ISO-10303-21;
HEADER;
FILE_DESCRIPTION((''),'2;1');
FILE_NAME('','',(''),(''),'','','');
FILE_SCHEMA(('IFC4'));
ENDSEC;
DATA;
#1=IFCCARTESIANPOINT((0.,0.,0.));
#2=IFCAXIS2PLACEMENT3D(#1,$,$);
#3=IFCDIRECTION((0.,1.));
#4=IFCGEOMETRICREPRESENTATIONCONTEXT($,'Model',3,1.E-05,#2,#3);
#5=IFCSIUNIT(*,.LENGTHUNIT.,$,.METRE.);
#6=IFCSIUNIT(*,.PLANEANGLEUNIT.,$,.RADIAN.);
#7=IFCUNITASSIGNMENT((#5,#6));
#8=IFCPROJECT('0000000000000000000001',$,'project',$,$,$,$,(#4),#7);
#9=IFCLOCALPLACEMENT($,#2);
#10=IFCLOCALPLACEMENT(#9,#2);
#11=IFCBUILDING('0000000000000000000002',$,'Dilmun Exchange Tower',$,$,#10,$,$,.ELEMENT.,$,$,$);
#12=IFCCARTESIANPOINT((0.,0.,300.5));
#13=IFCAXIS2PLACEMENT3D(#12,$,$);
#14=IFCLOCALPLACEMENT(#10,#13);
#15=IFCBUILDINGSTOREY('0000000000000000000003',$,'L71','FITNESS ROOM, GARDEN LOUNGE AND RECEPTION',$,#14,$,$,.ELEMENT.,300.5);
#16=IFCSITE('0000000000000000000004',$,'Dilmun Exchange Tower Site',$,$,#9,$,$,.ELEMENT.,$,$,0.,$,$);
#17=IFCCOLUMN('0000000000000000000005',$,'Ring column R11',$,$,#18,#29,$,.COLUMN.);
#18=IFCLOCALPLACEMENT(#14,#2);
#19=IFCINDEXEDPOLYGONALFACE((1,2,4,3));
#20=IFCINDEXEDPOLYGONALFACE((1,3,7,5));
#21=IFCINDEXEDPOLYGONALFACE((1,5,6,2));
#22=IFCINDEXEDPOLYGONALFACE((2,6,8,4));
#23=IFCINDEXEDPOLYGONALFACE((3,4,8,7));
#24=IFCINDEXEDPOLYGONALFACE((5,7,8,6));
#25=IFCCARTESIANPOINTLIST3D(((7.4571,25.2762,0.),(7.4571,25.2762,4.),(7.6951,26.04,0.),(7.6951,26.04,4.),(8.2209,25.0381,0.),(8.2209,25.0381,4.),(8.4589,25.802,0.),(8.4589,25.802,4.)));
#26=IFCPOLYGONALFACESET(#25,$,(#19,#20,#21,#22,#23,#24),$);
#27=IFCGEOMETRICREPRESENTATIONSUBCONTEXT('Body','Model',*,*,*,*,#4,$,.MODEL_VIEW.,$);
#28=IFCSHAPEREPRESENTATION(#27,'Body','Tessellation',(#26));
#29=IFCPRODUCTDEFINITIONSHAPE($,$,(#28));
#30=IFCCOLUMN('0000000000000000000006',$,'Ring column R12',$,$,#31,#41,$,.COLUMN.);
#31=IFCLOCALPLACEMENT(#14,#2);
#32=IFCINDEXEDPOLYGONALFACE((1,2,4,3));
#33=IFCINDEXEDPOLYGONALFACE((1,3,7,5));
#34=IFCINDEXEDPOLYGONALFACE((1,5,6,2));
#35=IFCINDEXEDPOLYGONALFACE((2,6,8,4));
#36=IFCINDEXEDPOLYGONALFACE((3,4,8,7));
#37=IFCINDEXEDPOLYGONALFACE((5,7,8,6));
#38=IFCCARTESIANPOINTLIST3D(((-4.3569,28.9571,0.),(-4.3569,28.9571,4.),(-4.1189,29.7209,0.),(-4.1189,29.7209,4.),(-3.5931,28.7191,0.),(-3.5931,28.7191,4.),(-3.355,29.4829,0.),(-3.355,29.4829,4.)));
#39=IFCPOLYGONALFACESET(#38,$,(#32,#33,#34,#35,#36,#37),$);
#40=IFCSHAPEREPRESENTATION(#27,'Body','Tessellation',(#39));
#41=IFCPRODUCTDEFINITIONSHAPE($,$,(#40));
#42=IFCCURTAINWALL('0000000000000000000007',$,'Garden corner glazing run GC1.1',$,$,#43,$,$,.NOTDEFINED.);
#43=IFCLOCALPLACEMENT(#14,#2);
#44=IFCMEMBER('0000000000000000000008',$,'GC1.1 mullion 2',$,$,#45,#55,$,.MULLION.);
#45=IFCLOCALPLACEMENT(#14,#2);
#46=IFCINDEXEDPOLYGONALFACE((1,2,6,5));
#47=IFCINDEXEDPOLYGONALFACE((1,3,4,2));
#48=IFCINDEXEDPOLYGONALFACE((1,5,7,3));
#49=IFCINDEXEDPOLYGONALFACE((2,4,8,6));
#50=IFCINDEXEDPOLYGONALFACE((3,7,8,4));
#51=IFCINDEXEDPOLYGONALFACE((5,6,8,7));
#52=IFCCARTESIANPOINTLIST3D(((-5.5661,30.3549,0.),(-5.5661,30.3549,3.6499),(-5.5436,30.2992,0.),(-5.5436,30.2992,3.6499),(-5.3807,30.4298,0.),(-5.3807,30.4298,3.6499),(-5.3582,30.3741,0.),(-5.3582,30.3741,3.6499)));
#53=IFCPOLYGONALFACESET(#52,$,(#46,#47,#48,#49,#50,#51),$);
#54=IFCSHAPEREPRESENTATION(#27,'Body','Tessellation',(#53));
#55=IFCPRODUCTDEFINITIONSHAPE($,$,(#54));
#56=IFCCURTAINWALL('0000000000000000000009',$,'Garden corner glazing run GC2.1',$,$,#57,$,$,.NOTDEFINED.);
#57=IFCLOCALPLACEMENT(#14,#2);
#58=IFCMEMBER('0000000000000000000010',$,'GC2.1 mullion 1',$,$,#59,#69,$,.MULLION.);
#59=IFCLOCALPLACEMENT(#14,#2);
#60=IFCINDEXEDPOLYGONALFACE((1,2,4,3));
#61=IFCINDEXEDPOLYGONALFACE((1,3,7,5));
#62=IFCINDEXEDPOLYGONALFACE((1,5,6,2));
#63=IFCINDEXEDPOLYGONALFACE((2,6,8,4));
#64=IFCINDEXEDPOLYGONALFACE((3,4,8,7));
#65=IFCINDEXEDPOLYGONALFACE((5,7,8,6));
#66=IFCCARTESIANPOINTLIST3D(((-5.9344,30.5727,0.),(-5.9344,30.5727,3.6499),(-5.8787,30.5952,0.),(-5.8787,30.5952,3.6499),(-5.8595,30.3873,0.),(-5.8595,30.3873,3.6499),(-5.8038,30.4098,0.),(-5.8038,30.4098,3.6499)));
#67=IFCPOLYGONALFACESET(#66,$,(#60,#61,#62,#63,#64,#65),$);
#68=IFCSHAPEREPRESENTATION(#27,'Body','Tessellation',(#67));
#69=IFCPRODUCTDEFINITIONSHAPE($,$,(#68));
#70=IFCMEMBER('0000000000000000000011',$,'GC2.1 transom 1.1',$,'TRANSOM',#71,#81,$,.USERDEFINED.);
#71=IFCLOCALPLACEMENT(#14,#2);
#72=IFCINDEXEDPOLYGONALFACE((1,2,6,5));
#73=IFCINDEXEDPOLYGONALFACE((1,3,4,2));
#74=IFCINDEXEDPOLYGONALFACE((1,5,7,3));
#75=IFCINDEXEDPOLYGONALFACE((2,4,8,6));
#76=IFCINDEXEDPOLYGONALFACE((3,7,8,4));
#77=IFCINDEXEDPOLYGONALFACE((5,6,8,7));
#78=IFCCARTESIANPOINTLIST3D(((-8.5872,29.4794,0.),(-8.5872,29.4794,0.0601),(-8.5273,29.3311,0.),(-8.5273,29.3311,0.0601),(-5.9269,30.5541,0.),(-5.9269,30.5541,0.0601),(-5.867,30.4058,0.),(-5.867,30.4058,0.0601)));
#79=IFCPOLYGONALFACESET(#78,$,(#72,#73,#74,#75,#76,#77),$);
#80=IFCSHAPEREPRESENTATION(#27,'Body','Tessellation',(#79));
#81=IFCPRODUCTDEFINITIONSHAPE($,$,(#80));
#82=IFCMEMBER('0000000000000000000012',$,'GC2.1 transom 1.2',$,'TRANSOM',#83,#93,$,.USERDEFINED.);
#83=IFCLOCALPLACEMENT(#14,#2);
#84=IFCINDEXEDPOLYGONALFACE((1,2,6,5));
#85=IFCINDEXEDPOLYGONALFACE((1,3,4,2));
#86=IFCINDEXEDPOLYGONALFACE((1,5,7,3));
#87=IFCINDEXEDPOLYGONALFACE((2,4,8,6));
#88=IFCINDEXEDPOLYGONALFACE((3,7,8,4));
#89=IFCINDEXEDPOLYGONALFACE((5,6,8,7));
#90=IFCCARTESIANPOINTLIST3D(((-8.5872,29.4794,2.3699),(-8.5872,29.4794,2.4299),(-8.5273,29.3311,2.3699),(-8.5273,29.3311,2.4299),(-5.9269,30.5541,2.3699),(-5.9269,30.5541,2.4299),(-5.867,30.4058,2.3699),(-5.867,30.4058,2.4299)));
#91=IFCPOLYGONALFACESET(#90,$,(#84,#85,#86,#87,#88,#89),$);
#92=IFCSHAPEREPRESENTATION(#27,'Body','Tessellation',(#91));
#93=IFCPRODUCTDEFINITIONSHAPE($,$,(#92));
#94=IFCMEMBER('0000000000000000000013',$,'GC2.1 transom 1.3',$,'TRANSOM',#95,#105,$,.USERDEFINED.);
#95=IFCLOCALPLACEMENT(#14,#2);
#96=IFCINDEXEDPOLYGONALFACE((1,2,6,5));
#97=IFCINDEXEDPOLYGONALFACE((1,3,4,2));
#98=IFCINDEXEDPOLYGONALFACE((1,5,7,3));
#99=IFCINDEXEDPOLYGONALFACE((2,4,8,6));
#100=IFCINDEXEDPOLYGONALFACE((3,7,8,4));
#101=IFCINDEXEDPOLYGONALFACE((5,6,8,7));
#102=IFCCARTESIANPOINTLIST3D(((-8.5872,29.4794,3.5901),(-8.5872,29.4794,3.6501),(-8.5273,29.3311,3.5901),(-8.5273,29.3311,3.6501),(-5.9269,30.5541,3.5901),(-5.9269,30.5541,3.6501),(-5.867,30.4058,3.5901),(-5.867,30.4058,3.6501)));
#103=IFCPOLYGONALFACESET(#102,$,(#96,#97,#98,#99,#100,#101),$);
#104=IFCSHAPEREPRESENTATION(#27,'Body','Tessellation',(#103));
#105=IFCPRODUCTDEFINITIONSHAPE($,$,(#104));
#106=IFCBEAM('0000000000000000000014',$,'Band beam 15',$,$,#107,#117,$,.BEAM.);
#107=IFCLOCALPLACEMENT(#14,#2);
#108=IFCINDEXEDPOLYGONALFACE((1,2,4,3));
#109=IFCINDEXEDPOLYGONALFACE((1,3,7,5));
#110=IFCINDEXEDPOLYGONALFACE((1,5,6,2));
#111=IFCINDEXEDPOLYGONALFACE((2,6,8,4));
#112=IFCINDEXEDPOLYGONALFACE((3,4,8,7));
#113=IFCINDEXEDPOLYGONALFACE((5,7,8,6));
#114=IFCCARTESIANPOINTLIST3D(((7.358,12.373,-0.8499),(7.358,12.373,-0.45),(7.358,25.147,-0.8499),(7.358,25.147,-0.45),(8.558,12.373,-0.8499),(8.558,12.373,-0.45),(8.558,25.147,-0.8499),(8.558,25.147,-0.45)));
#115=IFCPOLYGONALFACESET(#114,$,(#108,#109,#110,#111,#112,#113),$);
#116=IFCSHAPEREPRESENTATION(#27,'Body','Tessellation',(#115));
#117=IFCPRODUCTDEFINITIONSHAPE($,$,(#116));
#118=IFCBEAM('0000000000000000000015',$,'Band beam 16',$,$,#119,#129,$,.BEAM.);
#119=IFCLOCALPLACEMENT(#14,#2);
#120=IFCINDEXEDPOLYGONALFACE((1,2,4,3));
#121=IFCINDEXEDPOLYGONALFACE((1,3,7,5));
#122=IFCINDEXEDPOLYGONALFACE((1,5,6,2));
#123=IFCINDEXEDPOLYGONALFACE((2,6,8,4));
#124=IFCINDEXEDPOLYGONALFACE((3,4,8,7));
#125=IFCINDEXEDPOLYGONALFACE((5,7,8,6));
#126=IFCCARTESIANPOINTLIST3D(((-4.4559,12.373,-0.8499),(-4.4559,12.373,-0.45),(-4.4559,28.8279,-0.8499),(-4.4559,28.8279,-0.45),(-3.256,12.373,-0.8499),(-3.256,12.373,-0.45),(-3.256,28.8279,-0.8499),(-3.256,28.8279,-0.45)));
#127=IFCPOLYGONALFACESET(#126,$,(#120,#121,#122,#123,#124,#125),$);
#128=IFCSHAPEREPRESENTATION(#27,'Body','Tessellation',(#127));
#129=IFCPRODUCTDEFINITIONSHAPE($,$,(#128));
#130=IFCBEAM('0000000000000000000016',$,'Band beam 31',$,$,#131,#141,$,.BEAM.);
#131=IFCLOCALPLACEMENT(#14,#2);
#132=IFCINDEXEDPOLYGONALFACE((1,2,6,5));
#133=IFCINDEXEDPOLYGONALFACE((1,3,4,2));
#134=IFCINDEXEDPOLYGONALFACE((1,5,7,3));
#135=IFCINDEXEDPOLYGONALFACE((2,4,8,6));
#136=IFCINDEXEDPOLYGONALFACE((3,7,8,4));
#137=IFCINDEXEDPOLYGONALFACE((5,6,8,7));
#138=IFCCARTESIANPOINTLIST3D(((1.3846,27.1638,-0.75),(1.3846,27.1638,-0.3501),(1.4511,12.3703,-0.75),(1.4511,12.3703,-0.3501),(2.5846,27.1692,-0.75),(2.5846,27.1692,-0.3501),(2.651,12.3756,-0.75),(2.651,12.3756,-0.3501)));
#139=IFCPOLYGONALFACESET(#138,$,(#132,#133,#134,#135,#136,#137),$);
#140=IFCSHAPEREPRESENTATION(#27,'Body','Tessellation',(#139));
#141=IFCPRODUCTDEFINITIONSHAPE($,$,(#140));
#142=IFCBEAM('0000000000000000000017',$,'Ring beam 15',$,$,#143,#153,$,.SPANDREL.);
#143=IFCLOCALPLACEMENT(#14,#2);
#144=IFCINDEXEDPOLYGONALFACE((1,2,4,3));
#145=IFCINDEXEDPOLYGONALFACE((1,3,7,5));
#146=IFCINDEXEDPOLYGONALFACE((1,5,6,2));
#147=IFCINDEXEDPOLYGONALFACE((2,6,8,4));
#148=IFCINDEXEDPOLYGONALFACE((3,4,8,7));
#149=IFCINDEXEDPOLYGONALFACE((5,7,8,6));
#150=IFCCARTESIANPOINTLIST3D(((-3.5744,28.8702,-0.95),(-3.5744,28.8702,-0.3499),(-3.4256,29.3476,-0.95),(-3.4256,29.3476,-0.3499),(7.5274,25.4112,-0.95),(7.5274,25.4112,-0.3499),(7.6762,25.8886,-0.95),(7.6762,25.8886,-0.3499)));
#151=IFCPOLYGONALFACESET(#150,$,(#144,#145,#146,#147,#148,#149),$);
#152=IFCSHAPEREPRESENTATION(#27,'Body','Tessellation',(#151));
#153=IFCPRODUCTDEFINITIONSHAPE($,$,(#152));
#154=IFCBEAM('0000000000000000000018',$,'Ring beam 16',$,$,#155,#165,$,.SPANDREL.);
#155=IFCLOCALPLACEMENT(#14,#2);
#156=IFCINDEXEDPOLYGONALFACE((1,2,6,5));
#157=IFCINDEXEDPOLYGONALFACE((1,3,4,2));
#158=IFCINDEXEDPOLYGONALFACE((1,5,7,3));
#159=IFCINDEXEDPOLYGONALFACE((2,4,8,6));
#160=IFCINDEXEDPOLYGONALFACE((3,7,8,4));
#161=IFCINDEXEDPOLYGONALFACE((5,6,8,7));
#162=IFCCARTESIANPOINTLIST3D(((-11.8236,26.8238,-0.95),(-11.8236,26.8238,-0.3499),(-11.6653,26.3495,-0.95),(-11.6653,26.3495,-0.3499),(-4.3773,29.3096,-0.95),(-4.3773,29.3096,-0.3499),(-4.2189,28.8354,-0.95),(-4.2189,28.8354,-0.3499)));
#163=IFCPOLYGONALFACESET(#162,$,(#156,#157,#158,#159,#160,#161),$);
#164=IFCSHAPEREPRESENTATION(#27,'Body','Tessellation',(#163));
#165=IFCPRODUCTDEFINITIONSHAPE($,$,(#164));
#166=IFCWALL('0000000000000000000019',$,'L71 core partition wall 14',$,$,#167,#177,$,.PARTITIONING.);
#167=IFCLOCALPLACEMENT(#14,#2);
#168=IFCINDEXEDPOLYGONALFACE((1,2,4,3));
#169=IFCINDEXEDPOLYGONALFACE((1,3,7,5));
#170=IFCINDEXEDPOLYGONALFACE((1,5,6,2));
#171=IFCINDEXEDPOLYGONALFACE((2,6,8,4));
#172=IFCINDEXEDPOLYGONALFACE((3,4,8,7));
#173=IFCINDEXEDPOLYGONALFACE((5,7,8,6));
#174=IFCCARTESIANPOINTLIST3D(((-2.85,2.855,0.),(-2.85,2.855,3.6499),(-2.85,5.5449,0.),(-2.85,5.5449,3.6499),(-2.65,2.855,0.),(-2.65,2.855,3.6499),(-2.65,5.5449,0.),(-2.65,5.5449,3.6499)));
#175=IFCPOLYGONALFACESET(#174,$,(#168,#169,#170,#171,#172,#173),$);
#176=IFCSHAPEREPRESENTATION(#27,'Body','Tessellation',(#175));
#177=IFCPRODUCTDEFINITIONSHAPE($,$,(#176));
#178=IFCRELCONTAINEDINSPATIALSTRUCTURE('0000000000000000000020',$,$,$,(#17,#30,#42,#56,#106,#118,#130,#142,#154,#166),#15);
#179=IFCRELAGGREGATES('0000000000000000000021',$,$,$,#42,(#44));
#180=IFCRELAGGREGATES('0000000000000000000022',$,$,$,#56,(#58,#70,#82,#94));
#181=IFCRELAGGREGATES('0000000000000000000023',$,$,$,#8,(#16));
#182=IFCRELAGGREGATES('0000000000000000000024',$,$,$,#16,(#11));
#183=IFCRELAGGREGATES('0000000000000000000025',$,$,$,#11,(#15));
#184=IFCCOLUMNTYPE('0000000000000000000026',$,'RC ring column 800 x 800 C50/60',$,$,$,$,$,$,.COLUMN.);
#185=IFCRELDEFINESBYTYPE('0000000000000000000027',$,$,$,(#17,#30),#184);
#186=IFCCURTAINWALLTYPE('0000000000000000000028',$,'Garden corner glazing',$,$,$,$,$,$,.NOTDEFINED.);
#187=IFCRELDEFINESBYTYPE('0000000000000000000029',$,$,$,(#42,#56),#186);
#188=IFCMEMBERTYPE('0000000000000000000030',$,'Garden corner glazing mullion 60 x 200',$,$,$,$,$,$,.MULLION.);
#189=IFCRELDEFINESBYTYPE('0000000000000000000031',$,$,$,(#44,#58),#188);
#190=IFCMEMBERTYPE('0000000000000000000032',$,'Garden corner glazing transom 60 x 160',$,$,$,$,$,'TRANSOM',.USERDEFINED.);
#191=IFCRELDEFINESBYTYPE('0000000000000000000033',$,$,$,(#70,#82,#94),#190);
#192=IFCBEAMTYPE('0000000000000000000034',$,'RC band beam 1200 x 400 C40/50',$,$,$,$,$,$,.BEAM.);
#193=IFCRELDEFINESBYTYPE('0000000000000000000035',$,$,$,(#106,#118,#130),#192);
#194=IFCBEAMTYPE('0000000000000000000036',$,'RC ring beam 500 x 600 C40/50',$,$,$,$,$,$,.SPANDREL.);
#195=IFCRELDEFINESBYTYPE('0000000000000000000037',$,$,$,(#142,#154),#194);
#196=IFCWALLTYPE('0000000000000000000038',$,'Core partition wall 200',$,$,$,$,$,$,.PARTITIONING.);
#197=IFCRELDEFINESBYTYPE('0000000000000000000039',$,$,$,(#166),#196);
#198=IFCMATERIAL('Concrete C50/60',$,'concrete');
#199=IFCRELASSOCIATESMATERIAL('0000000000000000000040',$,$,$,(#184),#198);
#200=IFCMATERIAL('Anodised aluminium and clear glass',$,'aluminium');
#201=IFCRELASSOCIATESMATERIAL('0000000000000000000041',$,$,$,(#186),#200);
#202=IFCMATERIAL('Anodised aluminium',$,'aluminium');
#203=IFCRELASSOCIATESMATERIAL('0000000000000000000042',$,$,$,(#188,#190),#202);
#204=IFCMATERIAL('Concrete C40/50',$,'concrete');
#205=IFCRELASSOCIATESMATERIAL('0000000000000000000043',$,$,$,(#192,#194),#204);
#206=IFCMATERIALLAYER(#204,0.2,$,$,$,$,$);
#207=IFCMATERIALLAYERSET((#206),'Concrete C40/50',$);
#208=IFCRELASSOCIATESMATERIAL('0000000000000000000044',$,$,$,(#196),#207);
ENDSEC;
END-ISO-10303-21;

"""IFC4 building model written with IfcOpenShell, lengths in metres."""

from ifc_helpers import new_model, si_unit, direction, frame, frame_2d, origin, origin_2d, place, context, subcontext, project, spatial, rectangle, extrude, material, layer, layer_set, material_profile, profile_set, type_object, element, aggregate, save


model = new_model("IFC4")

# Units and contexts
model_context = context("Model", 3, precision=1e-05, world=origin(), true_north=direction((0.0, 1.0)))
body_context = subcontext(model_context, "Body", "Model", "MODEL_VIEW")
ifc_project = project(units=[si_unit("LENGTHUNIT", "METRE"), si_unit("PLANEANGLEUNIT", "RADIAN")], contexts=[model_context])

# Site, building, storey
site_placement = place(None, origin())
site = spatial("IfcSite", under=ifc_project, at=site_placement, Name="Dilmun Exchange Tower Site", CompositionType="ELEMENT", RefElevation=0.0)
building_placement = place(site_placement, origin())
building = spatial("IfcBuilding", under=site, at=building_placement, Name="Dilmun Exchange Tower", CompositionType="ELEMENT")
storey_placement = place(building_placement, frame((0.0, 0.0, 300.5)))
storey = spatial("IfcBuildingStorey", under=building, at=storey_placement, Name="L71", Description="FITNESS ROOM, GARDEN LOUNGE AND RECEPTION", CompositionType="ELEMENT", Elevation=300.5)

# Columns
ifc_material_1 = material(Name="Concrete C50/60", Category="concrete")
ifc_material_profile_1 = material_profile(ifc_material_1, rectangle(XDim=0.8, YDim=0.8, at=origin_2d()), Name="800 x 800")
ifc_profile_set_1 = profile_set([ifc_material_profile_1], Name="Concrete C50/60")
column_type = type_object("IfcColumnType", Name="RC ring column 800 x 800 C50/60", PredefinedType="COLUMN", material=ifc_profile_set_1)
for number, where, z_axis, x_axis, name in (
    (1, (7.958, 25.5391, 0.0), (0.0, 0.0, 1.0), (0.297503, 0.954721, 0.0), "Ring column R11"),
    (2, (-3.856, 29.22, 0.0), (0.0, 0.0, 1.0), (0.297503, 0.954721, 0.0), "Ring column R12"),
):
    element("IfcColumn", number, at=place(storey_placement, frame(where, z_axis=z_axis, x_axis=x_axis)), inside=storey, type_object=column_type, Name=name, PredefinedType="COLUMN", context=body_context, shape_type="SweptSolid", body=[
        extrude(rectangle(XDim=0.8, YDim=0.8, at=origin_2d()), origin(), (0.0, 0.0, 1.0), 4.0),
    ])

# Curtain wall, member
ifc_material_2 = material(Name="Anodised aluminium and clear glass", Category="aluminium")
curtain_wall_type = type_object("IfcCurtainWallType", Name="Garden corner glazing", PredefinedType="NOTDEFINED", material=ifc_material_2)
curtain_wall_1_placement = place(storey_placement, origin())
curtain_wall_1 = element("IfcCurtainWall", 3, at=curtain_wall_1_placement, inside=storey, type_object=curtain_wall_type, Name="Garden corner glazing run GC1.1", PredefinedType="NOTDEFINED")
ifc_material_3 = material(Name="Anodised aluminium", Category="aluminium")
ifc_material_profile_2 = material_profile(ifc_material_3, rectangle(XDim=0.2, YDim=0.0601, at=origin_2d()), Name="AL 60x200")
ifc_profile_set_2 = profile_set([ifc_material_profile_2], Name="Anodised aluminium")
member_type_1 = type_object("IfcMemberType", Name="Garden corner glazing mullion 60 x 200", PredefinedType="MULLION", material=ifc_profile_set_2)
member_1_placement = place(storey_placement, frame((-5.4622, 30.3645, 0.0), z_axis=(0.0, 0.0, 1.0), x_axis=(0.927182, 0.374612, 0.0)))
member_1 = element("IfcMember", 4, at=member_1_placement, type_object=member_type_1, Name="GC1.1 mullion 2", PredefinedType="MULLION", context=body_context, shape_type="SweptSolid", body=[
    extrude(rectangle(XDim=0.2, YDim=0.0601, at=origin_2d()), origin(), (0.0, 0.0, 1.0), 3.6499),
])
aggregate(curtain_wall_1, [member_1])

# Curtain wall, members
curtain_wall_2_placement = place(storey_placement, origin())
curtain_wall_2 = element("IfcCurtainWall", 5, at=curtain_wall_2_placement, inside=storey, type_object=curtain_wall_type, Name="Garden corner glazing run GC2.1", PredefinedType="NOTDEFINED")
member_2_placement = place(storey_placement, frame((-5.8691, 30.4912, 0.0), z_axis=(0.0, 0.0, 1.0), x_axis=(0.37459, -0.927191, 0.0)))
member_2 = element("IfcMember", 6, at=member_2_placement, type_object=member_type_1, Name="GC2.1 mullion 1", PredefinedType="MULLION", context=body_context, shape_type="SweptSolid", body=[
    extrude(rectangle(XDim=0.2, YDim=0.0601, at=origin_2d()), origin(), (0.0, 0.0, 1.0), 3.6499),
])
ifc_material_profile_3 = material_profile(ifc_material_3, rectangle(XDim=0.1599, YDim=0.0601, at=origin_2d()), Name="AL 60x160")
ifc_profile_set_3 = profile_set([ifc_material_profile_3], Name="Anodised aluminium")
member_type_2 = type_object("IfcMemberType", Name="Garden corner glazing transom 60 x 160", ElementType="TRANSOM", PredefinedType="USERDEFINED", material=ifc_profile_set_3)
member_3_placement = place(storey_placement, frame((-5.897, 30.48, 0.03), z_axis=(-0.927192, -0.374587, 0.0), x_axis=(0.374587, -0.927192, 0.0)))
member_3 = element("IfcMember", 7, at=member_3_placement, type_object=member_type_2, Name="GC2.1 transom 1.1", ObjectType="TRANSOM", PredefinedType="USERDEFINED", context=body_context, shape_type="SweptSolid", body=[
    extrude(rectangle(XDim=0.1599, YDim=0.0601, at=origin_2d()), origin(), (0.0, 0.0, 1.0), 2.8691),
])
member_4_placement = place(storey_placement, frame((-5.897, 30.48, 2.3999), z_axis=(-0.927192, -0.374587, 0.0), x_axis=(0.374587, -0.927192, 0.0)))
member_4 = element("IfcMember", 8, at=member_4_placement, type_object=member_type_2, Name="GC2.1 transom 1.2", ObjectType="TRANSOM", PredefinedType="USERDEFINED", context=body_context, shape_type="SweptSolid", body=[
    extrude(rectangle(XDim=0.1599, YDim=0.0601, at=origin_2d()), origin(), (0.0, 0.0, 1.0), 2.8691),
])
member_5_placement = place(storey_placement, frame((-5.897, 30.48, 3.6201), z_axis=(-0.927192, -0.374587, 0.0), x_axis=(0.374587, -0.927192, 0.0)))
member_5 = element("IfcMember", 9, at=member_5_placement, type_object=member_type_2, Name="GC2.1 transom 1.3", ObjectType="TRANSOM", PredefinedType="USERDEFINED", context=body_context, shape_type="SweptSolid", body=[
    extrude(rectangle(XDim=0.1599, YDim=0.0601, at=origin_2d()), origin(), (0.0, 0.0, 1.0), 2.8691),
])
aggregate(curtain_wall_2, [member_2, member_3, member_4, member_5])

# Beams
ifc_material_4 = material(Name="Concrete C40/50", Category="concrete")
ifc_material_profile_4 = material_profile(ifc_material_4, rectangle(XDim=1.2, YDim=0.3999, at=origin_2d()), Name="1200 x 400")
ifc_profile_set_4 = profile_set([ifc_material_profile_4], Name="Concrete C40/50")
beam_type_1 = type_object("IfcBeamType", Name="RC band beam 1200 x 400 C40/50", PredefinedType="BEAM", material=ifc_profile_set_4)
beam_1_placement = place(storey_placement, frame((7.958, 25.147, -0.6499), z_axis=(0.0, -1.0, 0.0), x_axis=(1.0, 0.0, 0.0)))
element("IfcBeam", 10, at=beam_1_placement, inside=storey, type_object=beam_type_1, Name="Band beam 15", PredefinedType="BEAM", context=body_context, shape_type="SweptSolid", body=[
    extrude(rectangle(XDim=1.2, YDim=0.3999, at=origin_2d()), origin(), (0.0, 0.0, 1.0), 12.7739),
])
beam_2_placement = place(storey_placement, frame((-3.856, 28.8279, -0.6499), z_axis=(0.0, -1.0, 0.0), x_axis=(1.0, 0.0, 0.0)))
element("IfcBeam", 11, at=beam_2_placement, inside=storey, type_object=beam_type_1, Name="Band beam 16", PredefinedType="BEAM", context=body_context, shape_type="SweptSolid", body=[
    extrude(rectangle(XDim=1.2, YDim=0.3999, at=origin_2d()), origin(), (0.0, 0.0, 1.0), 16.4548),
])
beam_3_placement = place(storey_placement, frame((1.9846, 27.1665, -0.55), z_axis=(0.004489, -0.99999, 0.0), x_axis=(0.99999, 0.004489, 0.0)))
element("IfcBeam", 12, at=beam_3_placement, inside=storey, type_object=beam_type_1, Name="Band beam 31", PredefinedType="BEAM", context=body_context, shape_type="SweptSolid", body=[
    extrude(rectangle(XDim=1.2, YDim=0.3999, at=origin_2d()), origin(), (0.0, 0.0, 1.0), 14.7937),
])
ifc_material_profile_5 = material_profile(ifc_material_4, rectangle(XDim=0.5, YDim=0.6001, at=origin_2d()), Name="500 x 600")
ifc_profile_set_5 = profile_set([ifc_material_profile_5], Name="Concrete C40/50")
beam_type_2 = type_object("IfcBeamType", Name="RC ring beam 500 x 600 C40/50", PredefinedType="SPANDREL", material=ifc_profile_set_5)
beam_4_placement = place(storey_placement, frame((7.6018, 25.6499, -0.6499), z_axis=(-0.954733, 0.297466, 0.0), x_axis=(-0.297466, -0.954733, 0.0)))
element("IfcBeam", 13, at=beam_4_placement, inside=storey, type_object=beam_type_2, Name="Ring beam 15", PredefinedType="SPANDREL", context=body_context, shape_type="SweptSolid", body=[
    extrude(rectangle(XDim=0.5, YDim=0.6001, at=origin_2d()), origin(), (0.0, 0.0, 1.0), 11.6282),
])
beam_5_placement = place(storey_placement, frame((-4.2981, 29.0725, -0.6499), z_axis=(-0.94854, -0.316657, 0.0), x_axis=(0.316657, -0.94854, 0.0)))
element("IfcBeam", 14, at=beam_5_placement, inside=storey, type_object=beam_type_2, Name="Ring beam 16", PredefinedType="SPANDREL", context=body_context, shape_type="SweptSolid", body=[
    extrude(rectangle(XDim=0.5, YDim=0.6001, at=origin_2d()), origin(), (0.0, 0.0, 1.0), 7.8503),
])

# Wall
ifc_layer_1 = layer(ifc_material_4, 0.2)
ifc_layer_set_1 = layer_set([ifc_layer_1], Name="Concrete C40/50")
wall_type_1 = type_object("IfcWallType", Name="Core partition wall 200", PredefinedType="PARTITIONING", material=ifc_layer_set_1)
wall_1_placement = place(storey_placement, frame((-2.75, 2.855, 0.0), z_axis=(0.0, 0.0, 1.0), x_axis=(0.0, 1.0, 0.0)))
element("IfcWall", 15, at=wall_1_placement, inside=storey, type_object=wall_type_1, Name="L71 core partition wall 14", PredefinedType="PARTITIONING", context=body_context, shape_type="SweptSolid", body=[
    extrude(rectangle(XDim=2.6899, YDim=0.2, at=frame_2d((1.345, 0.0))), origin(), (0.0, 0.0, 1.0), 3.6499),
])

save(model, "model.ifc")
